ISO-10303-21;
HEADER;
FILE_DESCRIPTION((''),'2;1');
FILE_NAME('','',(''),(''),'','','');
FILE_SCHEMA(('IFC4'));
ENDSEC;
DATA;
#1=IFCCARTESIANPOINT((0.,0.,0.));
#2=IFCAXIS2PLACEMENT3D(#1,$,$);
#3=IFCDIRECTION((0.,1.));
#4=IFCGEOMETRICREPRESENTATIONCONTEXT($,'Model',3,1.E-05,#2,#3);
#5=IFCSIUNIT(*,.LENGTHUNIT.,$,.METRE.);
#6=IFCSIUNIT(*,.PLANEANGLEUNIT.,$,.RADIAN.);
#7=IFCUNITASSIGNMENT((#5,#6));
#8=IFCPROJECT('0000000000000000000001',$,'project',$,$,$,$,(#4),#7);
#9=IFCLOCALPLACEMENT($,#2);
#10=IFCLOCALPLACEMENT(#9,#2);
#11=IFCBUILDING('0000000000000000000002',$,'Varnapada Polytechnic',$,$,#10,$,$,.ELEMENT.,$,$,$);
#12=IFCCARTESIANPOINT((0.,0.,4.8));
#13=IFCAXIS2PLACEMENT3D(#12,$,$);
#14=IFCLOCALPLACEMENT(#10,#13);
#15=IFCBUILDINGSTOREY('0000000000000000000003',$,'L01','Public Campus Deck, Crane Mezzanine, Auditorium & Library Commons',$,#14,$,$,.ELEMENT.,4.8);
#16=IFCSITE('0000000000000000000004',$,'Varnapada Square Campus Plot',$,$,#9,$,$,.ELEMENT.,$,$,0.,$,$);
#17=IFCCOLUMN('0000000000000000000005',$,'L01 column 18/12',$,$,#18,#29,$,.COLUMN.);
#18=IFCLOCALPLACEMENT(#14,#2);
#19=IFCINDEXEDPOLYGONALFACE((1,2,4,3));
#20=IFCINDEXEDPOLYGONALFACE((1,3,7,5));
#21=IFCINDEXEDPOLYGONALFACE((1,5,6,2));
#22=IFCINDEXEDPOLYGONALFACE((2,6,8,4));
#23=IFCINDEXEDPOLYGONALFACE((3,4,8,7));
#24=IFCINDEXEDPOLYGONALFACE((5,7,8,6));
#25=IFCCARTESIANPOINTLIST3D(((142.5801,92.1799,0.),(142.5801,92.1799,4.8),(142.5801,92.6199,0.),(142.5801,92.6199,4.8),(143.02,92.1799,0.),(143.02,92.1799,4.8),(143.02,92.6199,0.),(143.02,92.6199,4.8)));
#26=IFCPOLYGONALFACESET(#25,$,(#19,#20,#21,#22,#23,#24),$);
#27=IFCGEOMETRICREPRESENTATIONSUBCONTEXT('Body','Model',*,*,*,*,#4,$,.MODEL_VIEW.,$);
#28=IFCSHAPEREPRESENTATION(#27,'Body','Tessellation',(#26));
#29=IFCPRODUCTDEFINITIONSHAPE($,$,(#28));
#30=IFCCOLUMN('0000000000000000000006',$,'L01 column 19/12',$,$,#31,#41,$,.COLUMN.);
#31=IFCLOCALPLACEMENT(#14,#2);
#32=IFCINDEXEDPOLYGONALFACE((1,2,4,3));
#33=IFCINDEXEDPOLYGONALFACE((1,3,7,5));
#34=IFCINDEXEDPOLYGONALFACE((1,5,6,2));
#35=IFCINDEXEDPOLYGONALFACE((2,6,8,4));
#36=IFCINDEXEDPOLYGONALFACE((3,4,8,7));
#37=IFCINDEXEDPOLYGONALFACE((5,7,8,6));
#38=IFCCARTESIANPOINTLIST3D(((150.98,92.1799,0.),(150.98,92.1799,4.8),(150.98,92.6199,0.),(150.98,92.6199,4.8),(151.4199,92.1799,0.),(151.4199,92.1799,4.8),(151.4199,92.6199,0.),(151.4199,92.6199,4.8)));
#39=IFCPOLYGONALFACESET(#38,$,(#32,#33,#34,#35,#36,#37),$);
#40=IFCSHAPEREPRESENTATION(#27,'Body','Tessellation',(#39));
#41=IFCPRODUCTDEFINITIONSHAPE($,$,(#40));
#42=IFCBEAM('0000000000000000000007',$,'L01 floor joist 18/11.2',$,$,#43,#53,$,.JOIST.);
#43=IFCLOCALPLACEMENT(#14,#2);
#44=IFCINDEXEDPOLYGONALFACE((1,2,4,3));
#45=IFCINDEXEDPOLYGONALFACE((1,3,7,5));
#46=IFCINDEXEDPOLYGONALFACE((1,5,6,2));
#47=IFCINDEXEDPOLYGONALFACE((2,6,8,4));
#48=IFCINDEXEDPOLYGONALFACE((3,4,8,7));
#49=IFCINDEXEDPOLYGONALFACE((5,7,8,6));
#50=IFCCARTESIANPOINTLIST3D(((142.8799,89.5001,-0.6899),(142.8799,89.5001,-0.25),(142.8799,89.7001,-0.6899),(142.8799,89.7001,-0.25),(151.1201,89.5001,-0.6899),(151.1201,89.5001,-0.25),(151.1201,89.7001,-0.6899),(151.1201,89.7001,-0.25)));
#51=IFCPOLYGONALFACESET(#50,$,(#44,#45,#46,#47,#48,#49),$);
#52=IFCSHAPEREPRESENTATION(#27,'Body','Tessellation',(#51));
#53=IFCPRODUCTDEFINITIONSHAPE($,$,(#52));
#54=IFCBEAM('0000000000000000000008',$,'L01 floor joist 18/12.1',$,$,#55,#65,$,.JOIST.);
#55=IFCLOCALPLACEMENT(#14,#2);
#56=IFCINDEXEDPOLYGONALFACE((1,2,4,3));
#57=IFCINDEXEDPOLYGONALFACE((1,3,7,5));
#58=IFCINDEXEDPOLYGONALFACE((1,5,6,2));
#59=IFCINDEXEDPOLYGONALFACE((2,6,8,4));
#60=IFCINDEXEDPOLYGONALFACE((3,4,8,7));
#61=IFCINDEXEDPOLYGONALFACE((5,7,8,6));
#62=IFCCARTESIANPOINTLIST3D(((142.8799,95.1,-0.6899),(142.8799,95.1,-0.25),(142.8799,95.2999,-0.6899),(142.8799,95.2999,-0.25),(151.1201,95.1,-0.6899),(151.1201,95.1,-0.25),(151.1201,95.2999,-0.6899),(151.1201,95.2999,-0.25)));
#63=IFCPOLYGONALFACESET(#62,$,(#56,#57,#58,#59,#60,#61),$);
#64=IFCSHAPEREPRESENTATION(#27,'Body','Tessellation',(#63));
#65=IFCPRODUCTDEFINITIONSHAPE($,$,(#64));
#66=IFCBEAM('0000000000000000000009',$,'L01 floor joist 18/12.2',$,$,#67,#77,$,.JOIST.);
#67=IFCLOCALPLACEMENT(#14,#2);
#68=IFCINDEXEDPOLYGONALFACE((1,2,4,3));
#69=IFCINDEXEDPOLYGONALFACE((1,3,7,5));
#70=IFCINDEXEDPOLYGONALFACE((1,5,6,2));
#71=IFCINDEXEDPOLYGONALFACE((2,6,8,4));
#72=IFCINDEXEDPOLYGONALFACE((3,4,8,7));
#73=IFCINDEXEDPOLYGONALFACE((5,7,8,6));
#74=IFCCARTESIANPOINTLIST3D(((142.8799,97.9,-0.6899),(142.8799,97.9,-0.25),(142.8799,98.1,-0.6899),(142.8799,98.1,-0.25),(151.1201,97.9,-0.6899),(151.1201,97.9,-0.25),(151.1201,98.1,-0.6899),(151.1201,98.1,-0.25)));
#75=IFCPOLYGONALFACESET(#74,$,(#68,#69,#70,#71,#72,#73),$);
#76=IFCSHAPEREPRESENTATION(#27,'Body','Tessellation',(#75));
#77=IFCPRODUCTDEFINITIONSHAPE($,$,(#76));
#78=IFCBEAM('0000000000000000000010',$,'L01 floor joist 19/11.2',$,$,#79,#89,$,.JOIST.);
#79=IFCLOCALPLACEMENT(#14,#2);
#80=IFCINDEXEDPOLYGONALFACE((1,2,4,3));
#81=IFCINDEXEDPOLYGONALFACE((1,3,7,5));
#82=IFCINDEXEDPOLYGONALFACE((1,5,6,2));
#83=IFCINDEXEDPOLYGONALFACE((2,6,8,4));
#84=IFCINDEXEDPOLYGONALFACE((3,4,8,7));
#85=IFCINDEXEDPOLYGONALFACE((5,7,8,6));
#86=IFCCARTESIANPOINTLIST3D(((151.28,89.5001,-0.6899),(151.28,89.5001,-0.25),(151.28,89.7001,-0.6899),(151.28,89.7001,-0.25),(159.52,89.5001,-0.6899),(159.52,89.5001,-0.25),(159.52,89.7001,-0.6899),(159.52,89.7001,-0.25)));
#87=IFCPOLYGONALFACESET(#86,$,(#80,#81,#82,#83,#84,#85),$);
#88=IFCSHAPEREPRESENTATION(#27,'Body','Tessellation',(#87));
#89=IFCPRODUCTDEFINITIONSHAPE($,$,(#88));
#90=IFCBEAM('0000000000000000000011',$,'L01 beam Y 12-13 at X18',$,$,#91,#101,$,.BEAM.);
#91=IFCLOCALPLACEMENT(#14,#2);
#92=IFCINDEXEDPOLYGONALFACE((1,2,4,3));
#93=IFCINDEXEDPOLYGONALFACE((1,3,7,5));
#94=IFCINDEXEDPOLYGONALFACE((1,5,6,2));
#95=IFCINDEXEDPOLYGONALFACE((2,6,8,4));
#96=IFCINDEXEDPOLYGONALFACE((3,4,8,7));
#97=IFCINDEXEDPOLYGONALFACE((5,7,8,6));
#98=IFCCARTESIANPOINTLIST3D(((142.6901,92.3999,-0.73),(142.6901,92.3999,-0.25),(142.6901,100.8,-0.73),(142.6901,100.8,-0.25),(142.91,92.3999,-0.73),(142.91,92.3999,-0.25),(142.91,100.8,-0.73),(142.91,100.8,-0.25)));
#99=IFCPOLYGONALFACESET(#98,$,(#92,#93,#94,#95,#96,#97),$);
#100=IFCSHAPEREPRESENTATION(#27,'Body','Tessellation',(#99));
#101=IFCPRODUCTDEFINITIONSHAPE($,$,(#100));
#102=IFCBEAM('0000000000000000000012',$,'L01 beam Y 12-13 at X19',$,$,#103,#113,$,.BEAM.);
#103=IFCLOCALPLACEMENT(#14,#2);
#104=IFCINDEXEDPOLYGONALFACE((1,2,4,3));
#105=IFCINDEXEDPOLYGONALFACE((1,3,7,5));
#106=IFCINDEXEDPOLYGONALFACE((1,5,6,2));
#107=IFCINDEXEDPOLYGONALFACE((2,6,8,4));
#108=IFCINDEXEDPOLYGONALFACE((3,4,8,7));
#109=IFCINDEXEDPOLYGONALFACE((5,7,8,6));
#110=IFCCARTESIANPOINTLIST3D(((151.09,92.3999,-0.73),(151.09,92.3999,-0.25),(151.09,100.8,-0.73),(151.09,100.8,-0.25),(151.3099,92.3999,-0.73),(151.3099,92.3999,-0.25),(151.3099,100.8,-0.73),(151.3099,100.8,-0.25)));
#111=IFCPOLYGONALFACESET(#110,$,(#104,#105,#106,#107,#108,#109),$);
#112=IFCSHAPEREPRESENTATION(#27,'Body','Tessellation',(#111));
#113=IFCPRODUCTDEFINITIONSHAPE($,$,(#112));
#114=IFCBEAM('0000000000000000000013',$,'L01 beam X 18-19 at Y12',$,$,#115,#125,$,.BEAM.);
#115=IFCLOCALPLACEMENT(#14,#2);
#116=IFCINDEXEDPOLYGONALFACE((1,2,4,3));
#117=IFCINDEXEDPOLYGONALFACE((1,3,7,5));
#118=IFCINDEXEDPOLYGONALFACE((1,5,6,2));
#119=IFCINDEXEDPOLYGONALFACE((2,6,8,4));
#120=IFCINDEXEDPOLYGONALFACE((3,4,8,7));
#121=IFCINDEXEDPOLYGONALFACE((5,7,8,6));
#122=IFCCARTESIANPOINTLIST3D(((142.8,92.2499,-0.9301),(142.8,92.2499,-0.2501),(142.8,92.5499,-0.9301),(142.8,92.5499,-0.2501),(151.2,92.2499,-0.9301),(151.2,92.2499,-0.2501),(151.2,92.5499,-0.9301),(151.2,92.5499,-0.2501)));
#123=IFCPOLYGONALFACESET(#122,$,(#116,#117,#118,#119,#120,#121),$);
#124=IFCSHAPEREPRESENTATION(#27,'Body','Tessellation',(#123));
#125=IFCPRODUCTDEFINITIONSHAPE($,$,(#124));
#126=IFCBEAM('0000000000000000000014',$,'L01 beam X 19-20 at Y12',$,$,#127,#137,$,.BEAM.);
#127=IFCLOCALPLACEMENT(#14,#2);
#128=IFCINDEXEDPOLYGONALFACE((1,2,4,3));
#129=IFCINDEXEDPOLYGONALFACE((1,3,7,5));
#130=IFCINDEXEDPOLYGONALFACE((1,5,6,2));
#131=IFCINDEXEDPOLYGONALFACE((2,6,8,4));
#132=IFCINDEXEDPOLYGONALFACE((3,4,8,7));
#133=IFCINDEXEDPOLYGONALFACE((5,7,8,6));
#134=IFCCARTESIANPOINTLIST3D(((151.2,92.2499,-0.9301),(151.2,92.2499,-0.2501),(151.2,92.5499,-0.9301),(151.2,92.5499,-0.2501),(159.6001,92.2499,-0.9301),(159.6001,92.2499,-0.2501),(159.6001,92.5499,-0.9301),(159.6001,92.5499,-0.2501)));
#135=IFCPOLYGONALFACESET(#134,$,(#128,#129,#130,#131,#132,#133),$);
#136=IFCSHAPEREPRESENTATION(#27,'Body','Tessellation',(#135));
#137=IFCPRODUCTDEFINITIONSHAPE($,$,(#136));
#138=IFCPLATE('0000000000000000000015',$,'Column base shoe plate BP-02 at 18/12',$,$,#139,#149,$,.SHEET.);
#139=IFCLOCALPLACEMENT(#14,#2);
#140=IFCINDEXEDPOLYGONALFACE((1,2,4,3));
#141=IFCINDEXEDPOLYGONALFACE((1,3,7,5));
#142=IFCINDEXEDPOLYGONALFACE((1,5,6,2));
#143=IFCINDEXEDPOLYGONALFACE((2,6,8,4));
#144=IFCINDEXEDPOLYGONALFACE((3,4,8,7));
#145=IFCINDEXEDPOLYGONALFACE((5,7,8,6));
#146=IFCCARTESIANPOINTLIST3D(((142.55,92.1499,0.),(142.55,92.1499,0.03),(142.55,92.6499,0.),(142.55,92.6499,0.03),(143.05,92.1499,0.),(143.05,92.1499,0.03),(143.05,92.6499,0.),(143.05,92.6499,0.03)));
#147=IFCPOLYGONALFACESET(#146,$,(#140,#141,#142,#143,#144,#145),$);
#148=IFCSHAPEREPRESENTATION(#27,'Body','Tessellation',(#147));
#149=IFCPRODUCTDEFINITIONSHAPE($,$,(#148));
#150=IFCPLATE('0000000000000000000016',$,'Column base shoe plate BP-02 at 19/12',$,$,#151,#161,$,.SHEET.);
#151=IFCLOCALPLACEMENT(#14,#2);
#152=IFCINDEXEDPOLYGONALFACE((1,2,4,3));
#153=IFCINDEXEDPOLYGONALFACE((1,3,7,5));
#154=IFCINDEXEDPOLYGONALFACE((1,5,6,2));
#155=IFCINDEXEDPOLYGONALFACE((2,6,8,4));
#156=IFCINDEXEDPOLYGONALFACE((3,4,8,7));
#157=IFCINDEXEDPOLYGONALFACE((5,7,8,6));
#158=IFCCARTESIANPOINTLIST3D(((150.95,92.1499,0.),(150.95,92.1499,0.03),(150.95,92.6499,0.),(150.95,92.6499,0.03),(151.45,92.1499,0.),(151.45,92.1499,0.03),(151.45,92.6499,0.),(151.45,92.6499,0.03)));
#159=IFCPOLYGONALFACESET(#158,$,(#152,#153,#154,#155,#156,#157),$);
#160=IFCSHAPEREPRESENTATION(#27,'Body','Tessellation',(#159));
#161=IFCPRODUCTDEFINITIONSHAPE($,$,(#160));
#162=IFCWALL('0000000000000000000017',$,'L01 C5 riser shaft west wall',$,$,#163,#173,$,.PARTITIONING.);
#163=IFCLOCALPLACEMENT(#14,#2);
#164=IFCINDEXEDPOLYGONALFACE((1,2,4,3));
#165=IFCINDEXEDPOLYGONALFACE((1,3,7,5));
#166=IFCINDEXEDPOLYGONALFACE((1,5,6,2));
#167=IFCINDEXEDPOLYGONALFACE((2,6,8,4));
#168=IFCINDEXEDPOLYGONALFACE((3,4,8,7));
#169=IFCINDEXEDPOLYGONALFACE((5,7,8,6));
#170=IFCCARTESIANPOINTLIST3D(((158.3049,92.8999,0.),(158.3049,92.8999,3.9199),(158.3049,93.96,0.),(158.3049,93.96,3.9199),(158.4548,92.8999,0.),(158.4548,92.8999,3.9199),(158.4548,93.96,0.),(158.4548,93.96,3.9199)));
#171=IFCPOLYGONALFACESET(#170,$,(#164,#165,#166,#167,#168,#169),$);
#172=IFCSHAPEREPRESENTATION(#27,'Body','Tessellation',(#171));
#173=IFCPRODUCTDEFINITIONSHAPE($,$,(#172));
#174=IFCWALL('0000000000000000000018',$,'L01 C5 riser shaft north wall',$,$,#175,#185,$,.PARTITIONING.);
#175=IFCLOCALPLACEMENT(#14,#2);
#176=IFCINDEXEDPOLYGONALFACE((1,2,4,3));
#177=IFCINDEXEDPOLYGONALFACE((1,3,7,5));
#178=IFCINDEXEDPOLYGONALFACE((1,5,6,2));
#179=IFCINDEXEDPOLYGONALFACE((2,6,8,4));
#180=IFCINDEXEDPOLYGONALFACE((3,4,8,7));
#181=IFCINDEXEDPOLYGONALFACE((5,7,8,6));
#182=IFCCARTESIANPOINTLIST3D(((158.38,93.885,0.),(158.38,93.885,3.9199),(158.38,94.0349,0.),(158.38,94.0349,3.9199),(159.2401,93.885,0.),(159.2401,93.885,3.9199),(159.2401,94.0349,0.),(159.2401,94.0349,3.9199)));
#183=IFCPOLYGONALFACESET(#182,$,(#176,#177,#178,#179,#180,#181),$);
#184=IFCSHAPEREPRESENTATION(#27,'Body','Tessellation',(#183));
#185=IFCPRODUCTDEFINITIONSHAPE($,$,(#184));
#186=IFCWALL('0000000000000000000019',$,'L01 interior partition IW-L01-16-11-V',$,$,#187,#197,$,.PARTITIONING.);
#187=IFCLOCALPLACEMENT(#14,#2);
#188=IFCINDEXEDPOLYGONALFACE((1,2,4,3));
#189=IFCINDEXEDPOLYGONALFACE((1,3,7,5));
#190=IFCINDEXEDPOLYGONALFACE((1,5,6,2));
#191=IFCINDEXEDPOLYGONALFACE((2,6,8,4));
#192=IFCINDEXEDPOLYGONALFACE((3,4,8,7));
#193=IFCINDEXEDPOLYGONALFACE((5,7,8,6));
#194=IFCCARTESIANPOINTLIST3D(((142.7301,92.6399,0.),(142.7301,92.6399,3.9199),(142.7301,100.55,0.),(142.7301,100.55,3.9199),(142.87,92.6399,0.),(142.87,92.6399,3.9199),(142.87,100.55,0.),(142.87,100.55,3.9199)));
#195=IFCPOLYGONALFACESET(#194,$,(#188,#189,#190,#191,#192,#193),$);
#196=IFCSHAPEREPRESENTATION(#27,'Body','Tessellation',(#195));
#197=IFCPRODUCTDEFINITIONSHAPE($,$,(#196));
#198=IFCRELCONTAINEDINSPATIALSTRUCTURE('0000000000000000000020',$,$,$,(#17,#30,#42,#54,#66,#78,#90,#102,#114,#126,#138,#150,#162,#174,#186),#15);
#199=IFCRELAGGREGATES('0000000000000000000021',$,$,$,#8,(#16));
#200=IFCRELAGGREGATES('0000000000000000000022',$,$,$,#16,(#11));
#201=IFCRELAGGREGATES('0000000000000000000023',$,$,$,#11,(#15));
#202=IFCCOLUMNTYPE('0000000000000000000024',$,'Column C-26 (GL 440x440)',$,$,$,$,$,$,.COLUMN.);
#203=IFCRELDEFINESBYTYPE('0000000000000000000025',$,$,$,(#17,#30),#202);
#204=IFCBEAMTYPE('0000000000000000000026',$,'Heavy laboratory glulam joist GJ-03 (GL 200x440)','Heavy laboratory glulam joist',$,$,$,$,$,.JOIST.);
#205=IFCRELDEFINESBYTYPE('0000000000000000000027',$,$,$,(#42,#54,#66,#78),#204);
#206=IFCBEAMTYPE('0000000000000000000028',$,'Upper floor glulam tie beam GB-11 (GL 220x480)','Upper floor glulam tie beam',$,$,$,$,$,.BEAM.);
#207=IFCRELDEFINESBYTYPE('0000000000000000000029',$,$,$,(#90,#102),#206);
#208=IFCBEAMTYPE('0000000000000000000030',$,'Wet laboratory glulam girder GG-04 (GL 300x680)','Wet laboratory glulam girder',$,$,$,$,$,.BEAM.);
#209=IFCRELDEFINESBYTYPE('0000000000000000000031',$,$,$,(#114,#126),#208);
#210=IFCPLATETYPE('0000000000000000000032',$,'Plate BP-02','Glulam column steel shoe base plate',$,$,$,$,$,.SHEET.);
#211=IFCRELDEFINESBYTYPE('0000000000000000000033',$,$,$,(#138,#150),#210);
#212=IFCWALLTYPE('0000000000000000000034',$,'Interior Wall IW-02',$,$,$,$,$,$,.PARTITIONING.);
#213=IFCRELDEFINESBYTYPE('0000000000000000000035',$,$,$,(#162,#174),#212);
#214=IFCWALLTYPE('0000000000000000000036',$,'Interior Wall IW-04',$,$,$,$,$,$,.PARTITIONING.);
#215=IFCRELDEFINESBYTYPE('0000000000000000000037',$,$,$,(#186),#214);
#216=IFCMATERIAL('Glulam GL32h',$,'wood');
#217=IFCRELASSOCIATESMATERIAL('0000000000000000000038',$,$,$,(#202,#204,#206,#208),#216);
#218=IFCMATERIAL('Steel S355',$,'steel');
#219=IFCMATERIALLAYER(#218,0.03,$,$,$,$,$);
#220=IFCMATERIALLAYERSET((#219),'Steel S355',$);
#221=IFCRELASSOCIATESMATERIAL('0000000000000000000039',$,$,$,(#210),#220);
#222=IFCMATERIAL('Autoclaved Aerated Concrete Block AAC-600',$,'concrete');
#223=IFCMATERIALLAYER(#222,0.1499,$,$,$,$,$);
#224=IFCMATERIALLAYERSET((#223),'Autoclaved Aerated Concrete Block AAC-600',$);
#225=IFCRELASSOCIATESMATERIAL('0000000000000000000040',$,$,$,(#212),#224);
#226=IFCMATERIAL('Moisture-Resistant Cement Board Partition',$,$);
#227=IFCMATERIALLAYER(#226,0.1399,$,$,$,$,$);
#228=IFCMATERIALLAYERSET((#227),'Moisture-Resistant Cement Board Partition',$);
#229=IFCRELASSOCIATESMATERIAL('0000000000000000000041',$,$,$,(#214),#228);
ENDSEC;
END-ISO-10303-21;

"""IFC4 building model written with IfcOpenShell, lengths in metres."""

from ifc_helpers import new_model, si_unit, direction, frame, frame_2d, origin, origin_2d, place, context, subcontext, project, spatial, rectangle, extrude, material, layer, layer_set, material_profile, profile_set, type_object, element, save


model = new_model("IFC4")

# Units and contexts
model_context = context("Model", 3, precision=1e-05, world=origin(), true_north=direction((0.0, 1.0)))
body_context = subcontext(model_context, "Body", "Model", "MODEL_VIEW")
ifc_project = project(units=[si_unit("LENGTHUNIT", "METRE"), si_unit("PLANEANGLEUNIT", "RADIAN")], contexts=[model_context])

# Site, building, storey
site_placement = place(None, origin())
site = spatial("IfcSite", under=ifc_project, at=site_placement, Name="Varnapada Square Campus Plot", CompositionType="ELEMENT", RefElevation=0.0)
building_placement = place(site_placement, origin())
building = spatial("IfcBuilding", under=site, at=building_placement, Name="Varnapada Polytechnic", CompositionType="ELEMENT")
storey_placement = place(building_placement, frame((0.0, 0.0, 4.8)))
storey = spatial("IfcBuildingStorey", under=building, at=storey_placement, Name="L01", Description="Public Campus Deck, Crane Mezzanine, Auditorium & Library Commons", CompositionType="ELEMENT", Elevation=4.8)

# Columns
ifc_material_1 = material(Name="Glulam GL32h", Category="wood")
ifc_material_profile_1 = material_profile(ifc_material_1, rectangle(XDim=0.4399, YDim=0.4399, at=origin_2d()), Name="GL 440x440")
ifc_profile_set_1 = profile_set([ifc_material_profile_1], Name="Glulam GL32h")
column_type = type_object("IfcColumnType", Name="Column C-26 (GL 440x440)", PredefinedType="COLUMN", material=ifc_profile_set_1)
for number, where, z_axis, x_axis, name in (
    (1, (142.8, 92.3999, 0.0), (0.0, 0.0, 1.0), (1.0, 0.0, 0.0), "L01 column 18/12"),
    (2, (151.2, 92.3999, 0.0), (0.0, 0.0, 1.0), (1.0, 0.0, 0.0), "L01 column 19/12"),
):
    element("IfcColumn", number, at=place(storey_placement, frame(where, z_axis=z_axis, x_axis=x_axis)), inside=storey, type_object=column_type, Name=name, PredefinedType="COLUMN", context=body_context, shape_type="SweptSolid", body=[
        extrude(rectangle(XDim=0.4399, YDim=0.4399, at=origin_2d()), origin(), (0.0, 0.0, 1.0), 4.8),
    ])

# Beams
ifc_material_profile_2 = material_profile(ifc_material_1, rectangle(XDim=0.2, YDim=0.4399, at=origin_2d()), Name="GL 200x440")
ifc_profile_set_2 = profile_set([ifc_material_profile_2], Name="Glulam GL32h")
beam_type_1 = type_object("IfcBeamType", Name="Heavy laboratory glulam joist GJ-03 (GL 200x440)", Description="Heavy laboratory glulam joist", PredefinedType="JOIST", material=ifc_profile_set_2)
for number, where, z_axis, x_axis, name in (
    (3, (142.8799, 89.6001, -0.47), (1.0, 0.0, 0.0), (0.0, 1.0, 0.0), "L01 floor joist 18/11.2"),
    (4, (142.8799, 95.2, -0.47), (1.0, 0.0, 0.0), (0.0, 1.0, 0.0), "L01 floor joist 18/12.1"),
    (5, (142.8799, 98.0, -0.47), (1.0, 0.0, 0.0), (0.0, 1.0, 0.0), "L01 floor joist 18/12.2"),
):
    element("IfcBeam", number, at=place(storey_placement, frame(where, z_axis=z_axis, x_axis=x_axis)), inside=storey, type_object=beam_type_1, Name=name, PredefinedType="JOIST", context=body_context, shape_type="SweptSolid", body=[
        extrude(rectangle(XDim=0.2, YDim=0.4399, at=origin_2d()), origin(), (0.0, 0.0, 1.0), 8.2402),
    ])
beam_1_placement = place(storey_placement, frame((151.28, 89.6001, -0.47), z_axis=(1.0, 0.0, 0.0), x_axis=(0.0, 1.0, 0.0)))
element("IfcBeam", 6, at=beam_1_placement, inside=storey, type_object=beam_type_1, Name="L01 floor joist 19/11.2", PredefinedType="JOIST", context=body_context, shape_type="SweptSolid", body=[
    extrude(rectangle(XDim=0.2, YDim=0.4399, at=origin_2d()), origin(), (0.0, 0.0, 1.0), 8.24),
])
ifc_material_profile_3 = material_profile(ifc_material_1, rectangle(XDim=0.22, YDim=0.48, at=origin_2d()), Name="GL 220x480")
ifc_profile_set_3 = profile_set([ifc_material_profile_3], Name="Glulam GL32h")
beam_type_2 = type_object("IfcBeamType", Name="Upper floor glulam tie beam GB-11 (GL 220x480)", Description="Upper floor glulam tie beam", PredefinedType="BEAM", material=ifc_profile_set_3)
for number, where, z_axis, x_axis, name in (
    (7, (142.8, 92.3999, -0.49), (0.0, 1.0, 0.0), (-1.0, 0.0, 0.0), "L01 beam Y 12-13 at X18"),
    (8, (151.2, 92.3999, -0.49), (0.0, 1.0, 0.0), (-1.0, 0.0, 0.0), "L01 beam Y 12-13 at X19"),
):
    element("IfcBeam", number, at=place(storey_placement, frame(where, z_axis=z_axis, x_axis=x_axis)), inside=storey, type_object=beam_type_2, Name=name, PredefinedType="BEAM", context=body_context, shape_type="SweptSolid", body=[
        extrude(rectangle(XDim=0.22, YDim=0.48, at=origin_2d()), origin(), (0.0, 0.0, 1.0), 8.4001),
    ])
ifc_material_profile_4 = material_profile(ifc_material_1, rectangle(XDim=0.3, YDim=0.6799, at=origin_2d()), Name="GL 300x680")
ifc_profile_set_4 = profile_set([ifc_material_profile_4], Name="Glulam GL32h")
beam_type_3 = type_object("IfcBeamType", Name="Wet laboratory glulam girder GG-04 (GL 300x680)", Description="Wet laboratory glulam girder", PredefinedType="BEAM", material=ifc_profile_set_4)
beam_2_placement = place(storey_placement, frame((142.8, 92.3999, -0.5901), z_axis=(1.0, 0.0, 0.0), x_axis=(0.0, 1.0, 0.0)))
element("IfcBeam", 9, at=beam_2_placement, inside=storey, type_object=beam_type_3, Name="L01 beam X 18-19 at Y12", PredefinedType="BEAM", context=body_context, shape_type="SweptSolid", body=[
    extrude(rectangle(XDim=0.3, YDim=0.6799, at=origin_2d()), origin(), (0.0, 0.0, 1.0), 8.3999),
])
beam_3_placement = place(storey_placement, frame((151.2, 92.3999, -0.5901), z_axis=(1.0, 0.0, 0.0), x_axis=(0.0, 1.0, 0.0)))
element("IfcBeam", 10, at=beam_3_placement, inside=storey, type_object=beam_type_3, Name="L01 beam X 19-20 at Y12", PredefinedType="BEAM", context=body_context, shape_type="SweptSolid", body=[
    extrude(rectangle(XDim=0.3, YDim=0.6799, at=origin_2d()), origin(), (0.0, 0.0, 1.0), 8.4001),
])

# Plates
ifc_material_2 = material(Name="Steel S355", Category="steel")
ifc_layer_1 = layer(ifc_material_2, 0.03)
ifc_layer_set_1 = layer_set([ifc_layer_1], Name="Steel S355")
plate_type = type_object("IfcPlateType", Name="Plate BP-02", Description="Glulam column steel shoe base plate", PredefinedType="SHEET", material=ifc_layer_set_1)
for number, where, z_axis, x_axis, name in (
    (11, (142.8, 92.3999, 0.0), (0.0, 0.0, 1.0), (1.0, 0.0, 0.0), "Column base shoe plate BP-02 at 18/12"),
    (12, (151.2, 92.3999, 0.0), (0.0, 0.0, 1.0), (1.0, 0.0, 0.0), "Column base shoe plate BP-02 at 19/12"),
):
    element("IfcPlate", number, at=place(storey_placement, frame(where, z_axis=z_axis, x_axis=x_axis)), inside=storey, type_object=plate_type, Name=name, PredefinedType="SHEET", context=body_context, shape_type="SweptSolid", body=[
        extrude(rectangle(XDim=0.5, YDim=0.5, at=origin_2d()), origin(), (0.0, 0.0, 1.0), 0.03),
    ])

# Walls
ifc_material_3 = material(Name="Autoclaved Aerated Concrete Block AAC-600", Category="concrete")
ifc_layer_2 = layer(ifc_material_3, 0.1499)
ifc_layer_set_2 = layer_set([ifc_layer_2], Name="Autoclaved Aerated Concrete Block AAC-600")
wall_type_1 = type_object("IfcWallType", Name="Interior Wall IW-02", PredefinedType="PARTITIONING", material=ifc_layer_set_2)
wall_1_placement = place(storey_placement, frame((158.3799, 93.96, 0.0), z_axis=(0.0, 0.0, 1.0), x_axis=(0.0, -1.0, 0.0)))
element("IfcWall", 13, at=wall_1_placement, inside=storey, type_object=wall_type_1, Name="L01 C5 riser shaft west wall", PredefinedType="PARTITIONING", context=body_context, shape_type="SweptSolid", body=[
    extrude(rectangle(XDim=1.0601, YDim=0.1499, at=frame_2d((0.53, 0.0))), origin(), (0.0, 0.0, 1.0), 3.9199),
])
wall_2_placement = place(storey_placement, frame((158.3799, 93.96, 0.0), z_axis=(0.0, 0.0, 1.0), x_axis=(1.0, 0.0, 0.0)))
element("IfcWall", 14, at=wall_2_placement, inside=storey, type_object=wall_type_1, Name="L01 C5 riser shaft north wall", PredefinedType="PARTITIONING", context=body_context, shape_type="SweptSolid", body=[
    extrude(rectangle(XDim=0.8601, YDim=0.1499, at=frame_2d((0.4302, 0.0))), origin(), (0.0, 0.0, 1.0), 3.9199),
])
ifc_material_4 = material(Name="Moisture-Resistant Cement Board Partition")
ifc_layer_3 = layer(ifc_material_4, 0.1399)
ifc_layer_set_3 = layer_set([ifc_layer_3], Name="Moisture-Resistant Cement Board Partition")
wall_type_2 = type_object("IfcWallType", Name="Interior Wall IW-04", PredefinedType="PARTITIONING", material=ifc_layer_set_3)
wall_3_placement = place(storey_placement, frame((142.8, 92.6399, 0.0), z_axis=(0.0, 0.0, 1.0), x_axis=(0.0, 1.0, 0.0)))
element("IfcWall", 15, at=wall_3_placement, inside=storey, type_object=wall_type_2, Name="L01 interior partition IW-L01-16-11-V", PredefinedType="PARTITIONING", context=body_context, shape_type="SweptSolid", body=[
    extrude(rectangle(XDim=7.9102, YDim=0.1399, at=frame_2d((3.9551, 0.0))), origin(), (0.0, 0.0, 1.0), 3.9199),
])

save(model, "model.ifc")
